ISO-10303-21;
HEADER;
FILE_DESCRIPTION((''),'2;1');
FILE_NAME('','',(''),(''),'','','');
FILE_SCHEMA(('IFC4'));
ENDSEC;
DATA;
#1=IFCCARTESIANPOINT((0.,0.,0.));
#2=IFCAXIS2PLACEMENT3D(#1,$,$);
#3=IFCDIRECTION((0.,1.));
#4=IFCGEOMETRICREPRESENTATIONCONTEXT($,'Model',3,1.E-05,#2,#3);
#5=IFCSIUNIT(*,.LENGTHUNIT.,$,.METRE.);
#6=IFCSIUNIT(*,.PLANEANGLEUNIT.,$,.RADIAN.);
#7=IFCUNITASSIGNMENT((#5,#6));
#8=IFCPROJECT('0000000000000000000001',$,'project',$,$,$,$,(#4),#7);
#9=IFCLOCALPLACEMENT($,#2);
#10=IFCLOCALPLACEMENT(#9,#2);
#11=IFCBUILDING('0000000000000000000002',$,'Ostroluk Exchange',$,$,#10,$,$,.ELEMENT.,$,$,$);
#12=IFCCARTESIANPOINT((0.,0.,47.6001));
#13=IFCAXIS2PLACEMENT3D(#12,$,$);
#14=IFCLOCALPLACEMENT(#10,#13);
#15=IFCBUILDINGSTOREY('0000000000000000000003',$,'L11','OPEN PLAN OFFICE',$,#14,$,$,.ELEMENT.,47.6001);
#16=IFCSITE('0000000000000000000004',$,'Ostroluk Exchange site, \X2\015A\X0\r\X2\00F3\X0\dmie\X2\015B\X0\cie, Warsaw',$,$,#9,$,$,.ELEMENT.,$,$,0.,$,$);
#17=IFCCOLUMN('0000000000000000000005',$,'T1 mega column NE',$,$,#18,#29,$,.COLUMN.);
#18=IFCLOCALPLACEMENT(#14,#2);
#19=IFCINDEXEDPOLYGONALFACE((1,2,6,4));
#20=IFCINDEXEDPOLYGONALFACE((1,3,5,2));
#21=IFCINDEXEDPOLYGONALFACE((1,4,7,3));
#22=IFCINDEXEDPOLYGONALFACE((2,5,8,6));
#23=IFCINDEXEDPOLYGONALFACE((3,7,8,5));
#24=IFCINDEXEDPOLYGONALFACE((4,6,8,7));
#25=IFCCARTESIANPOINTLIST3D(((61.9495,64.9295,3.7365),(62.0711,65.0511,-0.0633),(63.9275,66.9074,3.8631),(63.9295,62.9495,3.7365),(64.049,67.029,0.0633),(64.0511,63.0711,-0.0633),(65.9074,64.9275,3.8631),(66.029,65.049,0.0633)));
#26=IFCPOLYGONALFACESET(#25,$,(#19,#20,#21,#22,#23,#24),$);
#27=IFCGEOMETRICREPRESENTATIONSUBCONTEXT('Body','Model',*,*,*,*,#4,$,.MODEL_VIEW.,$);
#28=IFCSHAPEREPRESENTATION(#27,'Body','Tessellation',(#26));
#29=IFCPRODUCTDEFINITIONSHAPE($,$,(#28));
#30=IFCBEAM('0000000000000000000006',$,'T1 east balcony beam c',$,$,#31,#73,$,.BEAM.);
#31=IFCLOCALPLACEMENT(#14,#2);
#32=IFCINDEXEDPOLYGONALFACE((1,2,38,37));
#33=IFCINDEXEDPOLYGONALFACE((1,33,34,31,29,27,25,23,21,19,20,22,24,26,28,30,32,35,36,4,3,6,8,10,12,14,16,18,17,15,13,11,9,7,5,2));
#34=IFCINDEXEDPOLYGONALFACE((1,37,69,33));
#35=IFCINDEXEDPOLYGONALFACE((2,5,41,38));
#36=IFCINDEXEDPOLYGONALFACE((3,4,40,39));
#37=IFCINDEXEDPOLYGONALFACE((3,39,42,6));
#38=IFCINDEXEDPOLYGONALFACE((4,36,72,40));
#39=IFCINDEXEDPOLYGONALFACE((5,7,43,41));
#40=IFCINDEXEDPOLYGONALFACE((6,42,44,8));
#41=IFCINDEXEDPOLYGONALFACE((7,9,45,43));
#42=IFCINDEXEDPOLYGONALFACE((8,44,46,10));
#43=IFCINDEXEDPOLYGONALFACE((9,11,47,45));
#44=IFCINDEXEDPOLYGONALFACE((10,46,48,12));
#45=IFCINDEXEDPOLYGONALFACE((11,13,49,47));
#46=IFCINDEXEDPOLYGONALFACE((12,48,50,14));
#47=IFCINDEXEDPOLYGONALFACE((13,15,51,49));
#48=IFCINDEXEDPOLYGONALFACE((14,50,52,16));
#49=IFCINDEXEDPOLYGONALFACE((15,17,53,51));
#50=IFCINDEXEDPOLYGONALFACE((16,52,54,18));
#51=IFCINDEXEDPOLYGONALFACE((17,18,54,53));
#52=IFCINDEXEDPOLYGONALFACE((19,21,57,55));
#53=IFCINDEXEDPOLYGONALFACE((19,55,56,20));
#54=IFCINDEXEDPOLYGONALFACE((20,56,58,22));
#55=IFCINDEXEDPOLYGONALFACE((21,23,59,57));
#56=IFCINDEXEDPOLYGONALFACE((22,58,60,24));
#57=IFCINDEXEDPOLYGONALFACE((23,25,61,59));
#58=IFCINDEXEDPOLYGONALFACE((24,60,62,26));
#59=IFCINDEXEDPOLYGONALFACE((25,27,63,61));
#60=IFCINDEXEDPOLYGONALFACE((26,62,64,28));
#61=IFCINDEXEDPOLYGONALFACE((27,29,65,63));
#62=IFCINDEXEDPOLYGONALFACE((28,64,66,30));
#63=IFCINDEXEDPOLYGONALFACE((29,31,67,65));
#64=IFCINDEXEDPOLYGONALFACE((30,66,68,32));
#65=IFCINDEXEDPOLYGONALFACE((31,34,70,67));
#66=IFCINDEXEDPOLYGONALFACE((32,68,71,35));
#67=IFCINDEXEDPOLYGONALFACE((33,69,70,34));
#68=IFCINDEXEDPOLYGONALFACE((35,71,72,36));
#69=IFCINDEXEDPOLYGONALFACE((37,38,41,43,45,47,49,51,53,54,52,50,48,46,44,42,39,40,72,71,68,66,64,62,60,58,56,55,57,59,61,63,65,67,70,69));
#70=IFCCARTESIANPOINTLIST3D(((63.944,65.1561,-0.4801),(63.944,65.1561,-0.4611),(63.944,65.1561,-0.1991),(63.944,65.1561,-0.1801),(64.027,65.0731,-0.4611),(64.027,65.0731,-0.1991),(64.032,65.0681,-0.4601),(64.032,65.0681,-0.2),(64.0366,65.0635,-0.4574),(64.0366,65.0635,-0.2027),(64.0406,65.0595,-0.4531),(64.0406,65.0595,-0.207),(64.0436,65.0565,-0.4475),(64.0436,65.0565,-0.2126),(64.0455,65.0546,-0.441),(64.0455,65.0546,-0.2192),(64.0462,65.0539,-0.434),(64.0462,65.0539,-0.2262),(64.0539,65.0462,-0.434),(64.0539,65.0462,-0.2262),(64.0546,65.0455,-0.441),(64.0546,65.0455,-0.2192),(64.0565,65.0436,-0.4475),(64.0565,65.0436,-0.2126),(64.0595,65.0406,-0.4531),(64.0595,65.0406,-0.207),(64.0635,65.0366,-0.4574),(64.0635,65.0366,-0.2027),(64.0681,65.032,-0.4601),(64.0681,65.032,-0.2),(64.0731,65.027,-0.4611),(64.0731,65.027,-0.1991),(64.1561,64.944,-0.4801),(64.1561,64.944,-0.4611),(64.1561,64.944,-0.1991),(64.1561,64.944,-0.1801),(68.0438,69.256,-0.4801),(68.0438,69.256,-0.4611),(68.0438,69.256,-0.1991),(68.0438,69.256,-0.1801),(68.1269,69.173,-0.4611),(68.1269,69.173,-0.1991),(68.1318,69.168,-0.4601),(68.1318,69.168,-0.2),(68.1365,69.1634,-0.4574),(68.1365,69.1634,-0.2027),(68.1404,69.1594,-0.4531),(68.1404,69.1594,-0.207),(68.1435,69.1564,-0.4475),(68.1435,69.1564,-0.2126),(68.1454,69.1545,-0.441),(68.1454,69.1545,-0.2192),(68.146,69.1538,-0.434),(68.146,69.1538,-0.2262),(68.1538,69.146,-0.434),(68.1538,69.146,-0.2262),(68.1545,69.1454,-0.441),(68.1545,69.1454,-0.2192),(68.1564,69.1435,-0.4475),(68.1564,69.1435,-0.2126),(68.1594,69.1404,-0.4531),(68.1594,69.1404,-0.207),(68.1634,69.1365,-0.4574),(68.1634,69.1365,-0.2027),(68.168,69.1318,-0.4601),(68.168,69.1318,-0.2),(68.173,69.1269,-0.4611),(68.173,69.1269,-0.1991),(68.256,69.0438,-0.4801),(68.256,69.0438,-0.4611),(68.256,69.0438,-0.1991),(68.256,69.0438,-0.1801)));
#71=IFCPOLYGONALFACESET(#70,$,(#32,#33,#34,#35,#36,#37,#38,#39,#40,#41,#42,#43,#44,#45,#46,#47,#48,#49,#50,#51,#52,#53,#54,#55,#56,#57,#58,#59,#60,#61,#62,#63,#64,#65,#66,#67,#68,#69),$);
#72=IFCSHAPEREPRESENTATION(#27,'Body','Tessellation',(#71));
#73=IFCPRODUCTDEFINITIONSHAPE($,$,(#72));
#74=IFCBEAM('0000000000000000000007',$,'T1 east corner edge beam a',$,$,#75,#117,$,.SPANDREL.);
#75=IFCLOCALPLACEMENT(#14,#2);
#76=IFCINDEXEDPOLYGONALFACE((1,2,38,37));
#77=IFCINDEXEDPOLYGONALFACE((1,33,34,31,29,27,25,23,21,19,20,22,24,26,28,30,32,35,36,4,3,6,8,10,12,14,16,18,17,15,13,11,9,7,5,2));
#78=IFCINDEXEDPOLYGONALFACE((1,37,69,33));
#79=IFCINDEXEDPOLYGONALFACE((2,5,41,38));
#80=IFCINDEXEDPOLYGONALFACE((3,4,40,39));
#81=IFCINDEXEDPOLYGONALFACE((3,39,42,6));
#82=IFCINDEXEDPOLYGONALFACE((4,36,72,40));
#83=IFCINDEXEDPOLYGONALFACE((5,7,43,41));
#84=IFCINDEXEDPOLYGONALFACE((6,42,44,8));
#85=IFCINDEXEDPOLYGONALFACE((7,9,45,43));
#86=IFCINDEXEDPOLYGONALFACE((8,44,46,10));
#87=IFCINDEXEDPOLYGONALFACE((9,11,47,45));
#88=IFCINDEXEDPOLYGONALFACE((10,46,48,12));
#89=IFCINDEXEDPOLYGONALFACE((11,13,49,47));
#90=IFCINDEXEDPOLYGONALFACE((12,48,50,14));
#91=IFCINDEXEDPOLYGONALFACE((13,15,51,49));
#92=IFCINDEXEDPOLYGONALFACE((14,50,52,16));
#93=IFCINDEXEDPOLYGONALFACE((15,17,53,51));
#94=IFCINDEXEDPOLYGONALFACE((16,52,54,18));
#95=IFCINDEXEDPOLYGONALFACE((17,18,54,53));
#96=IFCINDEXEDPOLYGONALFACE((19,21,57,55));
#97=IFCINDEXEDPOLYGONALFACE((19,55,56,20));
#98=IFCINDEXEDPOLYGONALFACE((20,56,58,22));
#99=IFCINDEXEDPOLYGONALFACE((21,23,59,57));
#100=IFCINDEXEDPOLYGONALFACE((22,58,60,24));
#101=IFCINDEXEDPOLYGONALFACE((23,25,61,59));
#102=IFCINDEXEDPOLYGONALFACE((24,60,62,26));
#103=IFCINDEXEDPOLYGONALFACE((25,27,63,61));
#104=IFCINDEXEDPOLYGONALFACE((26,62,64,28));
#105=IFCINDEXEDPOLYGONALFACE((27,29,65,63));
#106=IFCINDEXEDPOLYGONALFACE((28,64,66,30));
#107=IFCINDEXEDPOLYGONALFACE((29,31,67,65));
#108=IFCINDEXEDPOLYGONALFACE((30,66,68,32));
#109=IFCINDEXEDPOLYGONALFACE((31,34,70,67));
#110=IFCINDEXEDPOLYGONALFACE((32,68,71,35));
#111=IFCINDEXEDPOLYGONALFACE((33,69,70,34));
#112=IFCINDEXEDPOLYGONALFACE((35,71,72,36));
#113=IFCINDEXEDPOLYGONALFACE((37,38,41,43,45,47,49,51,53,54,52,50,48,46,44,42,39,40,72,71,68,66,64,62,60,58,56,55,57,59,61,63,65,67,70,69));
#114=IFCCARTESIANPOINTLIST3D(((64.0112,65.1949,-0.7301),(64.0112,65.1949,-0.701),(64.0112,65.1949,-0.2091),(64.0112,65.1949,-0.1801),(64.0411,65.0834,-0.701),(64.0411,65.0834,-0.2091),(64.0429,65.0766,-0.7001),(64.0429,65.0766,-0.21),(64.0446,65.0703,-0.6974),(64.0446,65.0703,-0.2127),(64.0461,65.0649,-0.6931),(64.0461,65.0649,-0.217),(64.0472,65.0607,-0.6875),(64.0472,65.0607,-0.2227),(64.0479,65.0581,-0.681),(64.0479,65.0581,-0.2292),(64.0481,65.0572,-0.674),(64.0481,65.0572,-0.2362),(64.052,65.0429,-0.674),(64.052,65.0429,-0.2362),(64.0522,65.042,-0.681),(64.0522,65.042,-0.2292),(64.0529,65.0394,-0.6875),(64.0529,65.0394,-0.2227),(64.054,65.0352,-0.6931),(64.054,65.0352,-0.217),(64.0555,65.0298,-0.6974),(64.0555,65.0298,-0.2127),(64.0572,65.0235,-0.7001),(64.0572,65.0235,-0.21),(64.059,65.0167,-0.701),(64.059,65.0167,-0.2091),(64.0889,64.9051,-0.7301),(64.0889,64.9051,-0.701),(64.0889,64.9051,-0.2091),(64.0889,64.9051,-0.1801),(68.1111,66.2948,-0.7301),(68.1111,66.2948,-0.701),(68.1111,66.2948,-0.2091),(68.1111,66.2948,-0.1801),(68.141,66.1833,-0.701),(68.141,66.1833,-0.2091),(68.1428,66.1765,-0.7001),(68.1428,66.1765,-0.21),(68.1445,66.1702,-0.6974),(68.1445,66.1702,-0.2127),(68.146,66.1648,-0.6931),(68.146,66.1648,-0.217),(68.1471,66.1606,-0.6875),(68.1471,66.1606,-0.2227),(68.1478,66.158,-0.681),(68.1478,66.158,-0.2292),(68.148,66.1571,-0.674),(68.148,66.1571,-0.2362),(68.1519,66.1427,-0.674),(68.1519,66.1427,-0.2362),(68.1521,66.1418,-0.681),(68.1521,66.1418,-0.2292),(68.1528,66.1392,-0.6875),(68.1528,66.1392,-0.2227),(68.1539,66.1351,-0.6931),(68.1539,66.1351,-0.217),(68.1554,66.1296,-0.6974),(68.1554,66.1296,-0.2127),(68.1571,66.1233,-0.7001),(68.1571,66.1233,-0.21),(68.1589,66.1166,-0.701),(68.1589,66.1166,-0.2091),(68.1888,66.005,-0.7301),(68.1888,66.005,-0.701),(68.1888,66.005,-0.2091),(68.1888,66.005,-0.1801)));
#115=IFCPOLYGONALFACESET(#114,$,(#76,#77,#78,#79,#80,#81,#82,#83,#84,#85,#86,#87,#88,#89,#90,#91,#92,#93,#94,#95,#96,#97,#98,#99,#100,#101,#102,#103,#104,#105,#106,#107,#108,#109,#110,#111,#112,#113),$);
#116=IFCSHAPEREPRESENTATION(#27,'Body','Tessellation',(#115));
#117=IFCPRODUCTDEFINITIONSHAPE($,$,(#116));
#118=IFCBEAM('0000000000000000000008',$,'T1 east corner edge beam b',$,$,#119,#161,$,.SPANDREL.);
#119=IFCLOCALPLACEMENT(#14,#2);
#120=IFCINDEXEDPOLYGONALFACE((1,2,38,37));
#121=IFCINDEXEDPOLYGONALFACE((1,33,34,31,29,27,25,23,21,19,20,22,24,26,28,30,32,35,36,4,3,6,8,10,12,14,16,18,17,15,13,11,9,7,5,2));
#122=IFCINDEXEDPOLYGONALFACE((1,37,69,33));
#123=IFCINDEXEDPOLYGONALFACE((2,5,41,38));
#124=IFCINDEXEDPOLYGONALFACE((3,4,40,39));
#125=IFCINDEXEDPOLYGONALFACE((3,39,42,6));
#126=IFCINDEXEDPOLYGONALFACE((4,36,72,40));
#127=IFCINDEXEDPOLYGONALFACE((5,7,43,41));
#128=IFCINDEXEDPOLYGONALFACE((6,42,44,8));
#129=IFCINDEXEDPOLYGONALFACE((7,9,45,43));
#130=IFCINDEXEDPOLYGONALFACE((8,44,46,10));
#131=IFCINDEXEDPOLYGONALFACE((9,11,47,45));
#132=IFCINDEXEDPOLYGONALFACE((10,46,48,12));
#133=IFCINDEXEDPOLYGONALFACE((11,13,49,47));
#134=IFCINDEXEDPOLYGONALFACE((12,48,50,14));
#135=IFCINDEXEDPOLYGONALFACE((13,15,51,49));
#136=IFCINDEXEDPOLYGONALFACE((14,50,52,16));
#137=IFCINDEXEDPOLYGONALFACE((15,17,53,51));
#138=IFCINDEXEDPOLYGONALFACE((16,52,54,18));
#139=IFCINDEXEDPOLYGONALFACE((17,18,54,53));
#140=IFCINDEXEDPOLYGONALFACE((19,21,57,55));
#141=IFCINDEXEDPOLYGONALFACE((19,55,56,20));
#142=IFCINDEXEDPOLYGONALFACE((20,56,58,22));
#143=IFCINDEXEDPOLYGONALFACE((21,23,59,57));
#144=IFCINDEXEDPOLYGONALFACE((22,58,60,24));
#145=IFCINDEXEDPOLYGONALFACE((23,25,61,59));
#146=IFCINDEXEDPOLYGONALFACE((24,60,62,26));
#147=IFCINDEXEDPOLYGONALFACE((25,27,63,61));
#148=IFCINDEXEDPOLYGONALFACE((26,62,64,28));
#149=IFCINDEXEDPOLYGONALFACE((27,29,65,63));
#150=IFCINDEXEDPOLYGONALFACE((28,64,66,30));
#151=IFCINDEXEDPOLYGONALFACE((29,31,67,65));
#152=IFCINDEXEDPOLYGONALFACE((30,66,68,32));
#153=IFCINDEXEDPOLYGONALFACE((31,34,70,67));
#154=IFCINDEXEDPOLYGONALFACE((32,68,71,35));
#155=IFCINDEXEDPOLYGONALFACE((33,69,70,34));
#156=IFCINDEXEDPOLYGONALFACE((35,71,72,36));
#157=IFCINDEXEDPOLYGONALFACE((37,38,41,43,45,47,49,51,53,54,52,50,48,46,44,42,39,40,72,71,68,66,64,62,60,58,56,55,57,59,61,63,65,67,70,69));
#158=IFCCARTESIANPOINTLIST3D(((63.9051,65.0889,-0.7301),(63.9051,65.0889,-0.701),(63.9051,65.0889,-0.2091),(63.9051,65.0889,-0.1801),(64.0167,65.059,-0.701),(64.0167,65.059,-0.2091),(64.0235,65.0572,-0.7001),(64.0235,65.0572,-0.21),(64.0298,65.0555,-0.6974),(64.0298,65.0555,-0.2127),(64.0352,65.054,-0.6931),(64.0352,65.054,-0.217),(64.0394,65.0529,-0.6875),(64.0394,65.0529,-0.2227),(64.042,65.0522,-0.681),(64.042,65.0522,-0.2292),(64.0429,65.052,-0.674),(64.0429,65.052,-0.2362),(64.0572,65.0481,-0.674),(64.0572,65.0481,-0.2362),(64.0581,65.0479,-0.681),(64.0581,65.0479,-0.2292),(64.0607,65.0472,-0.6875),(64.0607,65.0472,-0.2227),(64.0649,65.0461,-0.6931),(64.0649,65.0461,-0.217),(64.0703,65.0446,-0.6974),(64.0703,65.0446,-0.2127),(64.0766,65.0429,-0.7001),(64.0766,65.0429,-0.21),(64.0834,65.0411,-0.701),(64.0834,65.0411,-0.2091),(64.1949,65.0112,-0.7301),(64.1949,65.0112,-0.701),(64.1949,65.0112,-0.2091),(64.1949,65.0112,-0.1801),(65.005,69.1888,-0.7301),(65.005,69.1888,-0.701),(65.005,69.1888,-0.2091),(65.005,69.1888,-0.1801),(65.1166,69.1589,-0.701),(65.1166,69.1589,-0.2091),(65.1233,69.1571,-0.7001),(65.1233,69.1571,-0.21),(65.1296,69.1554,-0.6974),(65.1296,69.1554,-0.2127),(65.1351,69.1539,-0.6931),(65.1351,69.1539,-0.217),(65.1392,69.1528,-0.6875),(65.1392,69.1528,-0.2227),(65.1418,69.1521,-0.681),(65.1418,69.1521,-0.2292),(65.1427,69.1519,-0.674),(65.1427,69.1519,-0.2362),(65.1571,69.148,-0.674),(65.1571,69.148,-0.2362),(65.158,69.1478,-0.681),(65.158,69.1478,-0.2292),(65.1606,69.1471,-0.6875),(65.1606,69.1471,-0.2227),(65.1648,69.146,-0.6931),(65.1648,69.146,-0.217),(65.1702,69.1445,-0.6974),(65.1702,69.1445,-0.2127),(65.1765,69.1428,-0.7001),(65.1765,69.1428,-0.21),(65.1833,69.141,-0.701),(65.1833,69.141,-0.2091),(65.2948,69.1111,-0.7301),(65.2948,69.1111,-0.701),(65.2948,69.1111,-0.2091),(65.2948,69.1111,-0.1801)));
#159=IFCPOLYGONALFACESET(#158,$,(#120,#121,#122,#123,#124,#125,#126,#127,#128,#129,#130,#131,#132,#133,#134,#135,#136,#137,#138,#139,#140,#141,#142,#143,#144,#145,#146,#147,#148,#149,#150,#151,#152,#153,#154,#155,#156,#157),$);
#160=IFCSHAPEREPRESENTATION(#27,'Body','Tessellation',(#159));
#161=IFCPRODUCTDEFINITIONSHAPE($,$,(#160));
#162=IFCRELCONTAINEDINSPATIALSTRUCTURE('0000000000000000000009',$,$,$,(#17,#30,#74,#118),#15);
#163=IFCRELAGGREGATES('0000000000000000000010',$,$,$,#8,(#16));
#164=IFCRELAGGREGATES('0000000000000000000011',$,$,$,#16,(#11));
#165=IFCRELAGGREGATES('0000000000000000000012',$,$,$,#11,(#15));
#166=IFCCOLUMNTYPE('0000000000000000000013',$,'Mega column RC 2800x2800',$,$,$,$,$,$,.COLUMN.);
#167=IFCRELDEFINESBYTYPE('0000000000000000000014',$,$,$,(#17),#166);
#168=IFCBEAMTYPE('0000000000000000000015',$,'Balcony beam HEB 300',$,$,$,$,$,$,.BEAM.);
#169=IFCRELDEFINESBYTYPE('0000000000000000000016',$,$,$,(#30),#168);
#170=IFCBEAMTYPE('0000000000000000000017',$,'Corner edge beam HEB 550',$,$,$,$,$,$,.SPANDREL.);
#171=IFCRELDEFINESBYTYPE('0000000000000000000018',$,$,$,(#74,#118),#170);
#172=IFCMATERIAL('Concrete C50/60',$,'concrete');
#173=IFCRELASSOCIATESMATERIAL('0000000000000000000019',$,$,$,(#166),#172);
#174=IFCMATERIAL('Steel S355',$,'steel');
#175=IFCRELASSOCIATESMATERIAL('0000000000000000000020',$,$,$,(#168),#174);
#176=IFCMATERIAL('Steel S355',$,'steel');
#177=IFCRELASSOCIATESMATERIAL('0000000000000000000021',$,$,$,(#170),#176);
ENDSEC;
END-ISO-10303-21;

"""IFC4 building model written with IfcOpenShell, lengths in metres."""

from ifc_helpers import new_model, si_unit, direction, frame, origin, origin_2d, place, context, subcontext, project, spatial, rectangle, i_section, extrude, material, material_profile, profile_set, type_object, element, save


model = new_model("IFC4")

# Units and contexts
model_context = context("Model", 3, precision=1e-05, world=origin(), true_north=direction((0.0, 1.0)))
body_context = subcontext(model_context, "Body", "Model", "MODEL_VIEW")
ifc_project = project(units=[si_unit("LENGTHUNIT", "METRE"), si_unit("PLANEANGLEUNIT", "RADIAN")], contexts=[model_context])

# Site, building, storey
site_placement = place(None, origin())
site = spatial("IfcSite", under=ifc_project, at=site_placement, Name="Ostroluk Exchange site, Śródmieście, Warsaw", CompositionType="ELEMENT", RefElevation=0.0)
building_placement = place(site_placement, origin())
building = spatial("IfcBuilding", under=site, at=building_placement, Name="Ostroluk Exchange", CompositionType="ELEMENT")
storey_placement = place(building_placement, frame((0.0, 0.0, 47.6001)))
storey = spatial("IfcBuildingStorey", under=building, at=storey_placement, Name="L11", Description="OPEN PLAN OFFICE", CompositionType="ELEMENT", Elevation=47.6001)

# Column
ifc_material_1 = material(Name="Concrete C50/60", Category="concrete")
ifc_material_profile_1 = material_profile(ifc_material_1, rectangle(XDim=2.8, YDim=2.8, at=origin_2d()), Name="RC 2800x2800")
ifc_profile_set_1 = profile_set([ifc_material_profile_1], Name="Concrete C50/60")
column_type = type_object("IfcColumnType", Name="Mega column RC 2800x2800", PredefinedType="COLUMN", material=ifc_profile_set_1)
column_placement = place(storey_placement, frame((64.05, 65.05, 0.0), z_axis=(-0.031964, -0.031964, 0.998978), x_axis=(0.707107, -0.707107, 0.0)))
element("IfcColumn", 1, at=column_placement, inside=storey, type_object=column_type, Name="T1 mega column NE", PredefinedType="COLUMN", context=body_context, shape_type="SweptSolid", body=[
    extrude(rectangle(XDim=2.8, YDim=2.8, at=origin_2d()), origin(), (0.0, 0.0, 1.0), 3.8037),
])

# Beams
ifc_material_2 = material(Name="Steel S355", Category="steel")
ifc_material_profile_2 = material_profile(ifc_material_2, i_section(OverallWidth=0.3, OverallDepth=0.3, WebThickness=0.011, FlangeThickness=0.019, FilletRadius=0.0271, at=origin_2d()), Name="HEB 300")
ifc_profile_set_2 = profile_set([ifc_material_profile_2], Name="Steel S355")
beam_type_1 = type_object("IfcBeamType", Name="Balcony beam HEB 300", PredefinedType="BEAM", material=ifc_profile_set_2)
beam_1_placement = place(storey_placement, frame((64.05, 65.05, -0.3301), z_axis=(0.707107, 0.707107, 0.0), x_axis=(-0.707107, 0.707107, 0.0)))
element("IfcBeam", 2, at=beam_1_placement, inside=storey, type_object=beam_type_1, Name="T1 east balcony beam c", PredefinedType="BEAM", context=body_context, shape_type="SweptSolid", body=[
    extrude(i_section(OverallWidth=0.3, OverallDepth=0.3, WebThickness=0.011, FlangeThickness=0.019, FilletRadius=0.0271, at=origin_2d()), origin(), (0.0, 0.0, 1.0), 5.7981),
])
ifc_material_3 = material(Name="Steel S355", Category="steel")
ifc_material_profile_3 = material_profile(ifc_material_3, i_section(OverallWidth=0.3, OverallDepth=0.55, WebThickness=0.0149, FlangeThickness=0.0291, FilletRadius=0.0271, at=origin_2d()), Name="HEB 550")
ifc_profile_set_3 = profile_set([ifc_material_profile_3], Name="Steel S355")
beam_type_2 = type_object("IfcBeamType", Name="Corner edge beam HEB 550", PredefinedType="SPANDREL", material=ifc_profile_set_3)
for number, where, z_axis, x_axis, name in (
    (3, (64.05, 65.05, -0.4551), (0.965849, 0.259105, 0.0), (-0.259105, 0.965849, 0.0), "T1 east corner edge beam a"),
    (4, (64.05, 65.05, -0.4551), (0.259105, 0.965849, 0.0), (-0.965849, 0.259105, 0.0), "T1 east corner edge beam b"),
):
    element("IfcBeam", number, at=place(storey_placement, frame(where, z_axis=z_axis, x_axis=x_axis)), inside=storey, type_object=beam_type_2, Name=name, PredefinedType="SPANDREL", context=body_context, shape_type="SweptSolid", body=[
        extrude(i_section(OverallWidth=0.3, OverallDepth=0.55, WebThickness=0.0149, FlangeThickness=0.0291, FilletRadius=0.0271, at=origin_2d()), origin(), (0.0, 0.0, 1.0), 4.2449),
    ])

save(model, "model.ifc")
